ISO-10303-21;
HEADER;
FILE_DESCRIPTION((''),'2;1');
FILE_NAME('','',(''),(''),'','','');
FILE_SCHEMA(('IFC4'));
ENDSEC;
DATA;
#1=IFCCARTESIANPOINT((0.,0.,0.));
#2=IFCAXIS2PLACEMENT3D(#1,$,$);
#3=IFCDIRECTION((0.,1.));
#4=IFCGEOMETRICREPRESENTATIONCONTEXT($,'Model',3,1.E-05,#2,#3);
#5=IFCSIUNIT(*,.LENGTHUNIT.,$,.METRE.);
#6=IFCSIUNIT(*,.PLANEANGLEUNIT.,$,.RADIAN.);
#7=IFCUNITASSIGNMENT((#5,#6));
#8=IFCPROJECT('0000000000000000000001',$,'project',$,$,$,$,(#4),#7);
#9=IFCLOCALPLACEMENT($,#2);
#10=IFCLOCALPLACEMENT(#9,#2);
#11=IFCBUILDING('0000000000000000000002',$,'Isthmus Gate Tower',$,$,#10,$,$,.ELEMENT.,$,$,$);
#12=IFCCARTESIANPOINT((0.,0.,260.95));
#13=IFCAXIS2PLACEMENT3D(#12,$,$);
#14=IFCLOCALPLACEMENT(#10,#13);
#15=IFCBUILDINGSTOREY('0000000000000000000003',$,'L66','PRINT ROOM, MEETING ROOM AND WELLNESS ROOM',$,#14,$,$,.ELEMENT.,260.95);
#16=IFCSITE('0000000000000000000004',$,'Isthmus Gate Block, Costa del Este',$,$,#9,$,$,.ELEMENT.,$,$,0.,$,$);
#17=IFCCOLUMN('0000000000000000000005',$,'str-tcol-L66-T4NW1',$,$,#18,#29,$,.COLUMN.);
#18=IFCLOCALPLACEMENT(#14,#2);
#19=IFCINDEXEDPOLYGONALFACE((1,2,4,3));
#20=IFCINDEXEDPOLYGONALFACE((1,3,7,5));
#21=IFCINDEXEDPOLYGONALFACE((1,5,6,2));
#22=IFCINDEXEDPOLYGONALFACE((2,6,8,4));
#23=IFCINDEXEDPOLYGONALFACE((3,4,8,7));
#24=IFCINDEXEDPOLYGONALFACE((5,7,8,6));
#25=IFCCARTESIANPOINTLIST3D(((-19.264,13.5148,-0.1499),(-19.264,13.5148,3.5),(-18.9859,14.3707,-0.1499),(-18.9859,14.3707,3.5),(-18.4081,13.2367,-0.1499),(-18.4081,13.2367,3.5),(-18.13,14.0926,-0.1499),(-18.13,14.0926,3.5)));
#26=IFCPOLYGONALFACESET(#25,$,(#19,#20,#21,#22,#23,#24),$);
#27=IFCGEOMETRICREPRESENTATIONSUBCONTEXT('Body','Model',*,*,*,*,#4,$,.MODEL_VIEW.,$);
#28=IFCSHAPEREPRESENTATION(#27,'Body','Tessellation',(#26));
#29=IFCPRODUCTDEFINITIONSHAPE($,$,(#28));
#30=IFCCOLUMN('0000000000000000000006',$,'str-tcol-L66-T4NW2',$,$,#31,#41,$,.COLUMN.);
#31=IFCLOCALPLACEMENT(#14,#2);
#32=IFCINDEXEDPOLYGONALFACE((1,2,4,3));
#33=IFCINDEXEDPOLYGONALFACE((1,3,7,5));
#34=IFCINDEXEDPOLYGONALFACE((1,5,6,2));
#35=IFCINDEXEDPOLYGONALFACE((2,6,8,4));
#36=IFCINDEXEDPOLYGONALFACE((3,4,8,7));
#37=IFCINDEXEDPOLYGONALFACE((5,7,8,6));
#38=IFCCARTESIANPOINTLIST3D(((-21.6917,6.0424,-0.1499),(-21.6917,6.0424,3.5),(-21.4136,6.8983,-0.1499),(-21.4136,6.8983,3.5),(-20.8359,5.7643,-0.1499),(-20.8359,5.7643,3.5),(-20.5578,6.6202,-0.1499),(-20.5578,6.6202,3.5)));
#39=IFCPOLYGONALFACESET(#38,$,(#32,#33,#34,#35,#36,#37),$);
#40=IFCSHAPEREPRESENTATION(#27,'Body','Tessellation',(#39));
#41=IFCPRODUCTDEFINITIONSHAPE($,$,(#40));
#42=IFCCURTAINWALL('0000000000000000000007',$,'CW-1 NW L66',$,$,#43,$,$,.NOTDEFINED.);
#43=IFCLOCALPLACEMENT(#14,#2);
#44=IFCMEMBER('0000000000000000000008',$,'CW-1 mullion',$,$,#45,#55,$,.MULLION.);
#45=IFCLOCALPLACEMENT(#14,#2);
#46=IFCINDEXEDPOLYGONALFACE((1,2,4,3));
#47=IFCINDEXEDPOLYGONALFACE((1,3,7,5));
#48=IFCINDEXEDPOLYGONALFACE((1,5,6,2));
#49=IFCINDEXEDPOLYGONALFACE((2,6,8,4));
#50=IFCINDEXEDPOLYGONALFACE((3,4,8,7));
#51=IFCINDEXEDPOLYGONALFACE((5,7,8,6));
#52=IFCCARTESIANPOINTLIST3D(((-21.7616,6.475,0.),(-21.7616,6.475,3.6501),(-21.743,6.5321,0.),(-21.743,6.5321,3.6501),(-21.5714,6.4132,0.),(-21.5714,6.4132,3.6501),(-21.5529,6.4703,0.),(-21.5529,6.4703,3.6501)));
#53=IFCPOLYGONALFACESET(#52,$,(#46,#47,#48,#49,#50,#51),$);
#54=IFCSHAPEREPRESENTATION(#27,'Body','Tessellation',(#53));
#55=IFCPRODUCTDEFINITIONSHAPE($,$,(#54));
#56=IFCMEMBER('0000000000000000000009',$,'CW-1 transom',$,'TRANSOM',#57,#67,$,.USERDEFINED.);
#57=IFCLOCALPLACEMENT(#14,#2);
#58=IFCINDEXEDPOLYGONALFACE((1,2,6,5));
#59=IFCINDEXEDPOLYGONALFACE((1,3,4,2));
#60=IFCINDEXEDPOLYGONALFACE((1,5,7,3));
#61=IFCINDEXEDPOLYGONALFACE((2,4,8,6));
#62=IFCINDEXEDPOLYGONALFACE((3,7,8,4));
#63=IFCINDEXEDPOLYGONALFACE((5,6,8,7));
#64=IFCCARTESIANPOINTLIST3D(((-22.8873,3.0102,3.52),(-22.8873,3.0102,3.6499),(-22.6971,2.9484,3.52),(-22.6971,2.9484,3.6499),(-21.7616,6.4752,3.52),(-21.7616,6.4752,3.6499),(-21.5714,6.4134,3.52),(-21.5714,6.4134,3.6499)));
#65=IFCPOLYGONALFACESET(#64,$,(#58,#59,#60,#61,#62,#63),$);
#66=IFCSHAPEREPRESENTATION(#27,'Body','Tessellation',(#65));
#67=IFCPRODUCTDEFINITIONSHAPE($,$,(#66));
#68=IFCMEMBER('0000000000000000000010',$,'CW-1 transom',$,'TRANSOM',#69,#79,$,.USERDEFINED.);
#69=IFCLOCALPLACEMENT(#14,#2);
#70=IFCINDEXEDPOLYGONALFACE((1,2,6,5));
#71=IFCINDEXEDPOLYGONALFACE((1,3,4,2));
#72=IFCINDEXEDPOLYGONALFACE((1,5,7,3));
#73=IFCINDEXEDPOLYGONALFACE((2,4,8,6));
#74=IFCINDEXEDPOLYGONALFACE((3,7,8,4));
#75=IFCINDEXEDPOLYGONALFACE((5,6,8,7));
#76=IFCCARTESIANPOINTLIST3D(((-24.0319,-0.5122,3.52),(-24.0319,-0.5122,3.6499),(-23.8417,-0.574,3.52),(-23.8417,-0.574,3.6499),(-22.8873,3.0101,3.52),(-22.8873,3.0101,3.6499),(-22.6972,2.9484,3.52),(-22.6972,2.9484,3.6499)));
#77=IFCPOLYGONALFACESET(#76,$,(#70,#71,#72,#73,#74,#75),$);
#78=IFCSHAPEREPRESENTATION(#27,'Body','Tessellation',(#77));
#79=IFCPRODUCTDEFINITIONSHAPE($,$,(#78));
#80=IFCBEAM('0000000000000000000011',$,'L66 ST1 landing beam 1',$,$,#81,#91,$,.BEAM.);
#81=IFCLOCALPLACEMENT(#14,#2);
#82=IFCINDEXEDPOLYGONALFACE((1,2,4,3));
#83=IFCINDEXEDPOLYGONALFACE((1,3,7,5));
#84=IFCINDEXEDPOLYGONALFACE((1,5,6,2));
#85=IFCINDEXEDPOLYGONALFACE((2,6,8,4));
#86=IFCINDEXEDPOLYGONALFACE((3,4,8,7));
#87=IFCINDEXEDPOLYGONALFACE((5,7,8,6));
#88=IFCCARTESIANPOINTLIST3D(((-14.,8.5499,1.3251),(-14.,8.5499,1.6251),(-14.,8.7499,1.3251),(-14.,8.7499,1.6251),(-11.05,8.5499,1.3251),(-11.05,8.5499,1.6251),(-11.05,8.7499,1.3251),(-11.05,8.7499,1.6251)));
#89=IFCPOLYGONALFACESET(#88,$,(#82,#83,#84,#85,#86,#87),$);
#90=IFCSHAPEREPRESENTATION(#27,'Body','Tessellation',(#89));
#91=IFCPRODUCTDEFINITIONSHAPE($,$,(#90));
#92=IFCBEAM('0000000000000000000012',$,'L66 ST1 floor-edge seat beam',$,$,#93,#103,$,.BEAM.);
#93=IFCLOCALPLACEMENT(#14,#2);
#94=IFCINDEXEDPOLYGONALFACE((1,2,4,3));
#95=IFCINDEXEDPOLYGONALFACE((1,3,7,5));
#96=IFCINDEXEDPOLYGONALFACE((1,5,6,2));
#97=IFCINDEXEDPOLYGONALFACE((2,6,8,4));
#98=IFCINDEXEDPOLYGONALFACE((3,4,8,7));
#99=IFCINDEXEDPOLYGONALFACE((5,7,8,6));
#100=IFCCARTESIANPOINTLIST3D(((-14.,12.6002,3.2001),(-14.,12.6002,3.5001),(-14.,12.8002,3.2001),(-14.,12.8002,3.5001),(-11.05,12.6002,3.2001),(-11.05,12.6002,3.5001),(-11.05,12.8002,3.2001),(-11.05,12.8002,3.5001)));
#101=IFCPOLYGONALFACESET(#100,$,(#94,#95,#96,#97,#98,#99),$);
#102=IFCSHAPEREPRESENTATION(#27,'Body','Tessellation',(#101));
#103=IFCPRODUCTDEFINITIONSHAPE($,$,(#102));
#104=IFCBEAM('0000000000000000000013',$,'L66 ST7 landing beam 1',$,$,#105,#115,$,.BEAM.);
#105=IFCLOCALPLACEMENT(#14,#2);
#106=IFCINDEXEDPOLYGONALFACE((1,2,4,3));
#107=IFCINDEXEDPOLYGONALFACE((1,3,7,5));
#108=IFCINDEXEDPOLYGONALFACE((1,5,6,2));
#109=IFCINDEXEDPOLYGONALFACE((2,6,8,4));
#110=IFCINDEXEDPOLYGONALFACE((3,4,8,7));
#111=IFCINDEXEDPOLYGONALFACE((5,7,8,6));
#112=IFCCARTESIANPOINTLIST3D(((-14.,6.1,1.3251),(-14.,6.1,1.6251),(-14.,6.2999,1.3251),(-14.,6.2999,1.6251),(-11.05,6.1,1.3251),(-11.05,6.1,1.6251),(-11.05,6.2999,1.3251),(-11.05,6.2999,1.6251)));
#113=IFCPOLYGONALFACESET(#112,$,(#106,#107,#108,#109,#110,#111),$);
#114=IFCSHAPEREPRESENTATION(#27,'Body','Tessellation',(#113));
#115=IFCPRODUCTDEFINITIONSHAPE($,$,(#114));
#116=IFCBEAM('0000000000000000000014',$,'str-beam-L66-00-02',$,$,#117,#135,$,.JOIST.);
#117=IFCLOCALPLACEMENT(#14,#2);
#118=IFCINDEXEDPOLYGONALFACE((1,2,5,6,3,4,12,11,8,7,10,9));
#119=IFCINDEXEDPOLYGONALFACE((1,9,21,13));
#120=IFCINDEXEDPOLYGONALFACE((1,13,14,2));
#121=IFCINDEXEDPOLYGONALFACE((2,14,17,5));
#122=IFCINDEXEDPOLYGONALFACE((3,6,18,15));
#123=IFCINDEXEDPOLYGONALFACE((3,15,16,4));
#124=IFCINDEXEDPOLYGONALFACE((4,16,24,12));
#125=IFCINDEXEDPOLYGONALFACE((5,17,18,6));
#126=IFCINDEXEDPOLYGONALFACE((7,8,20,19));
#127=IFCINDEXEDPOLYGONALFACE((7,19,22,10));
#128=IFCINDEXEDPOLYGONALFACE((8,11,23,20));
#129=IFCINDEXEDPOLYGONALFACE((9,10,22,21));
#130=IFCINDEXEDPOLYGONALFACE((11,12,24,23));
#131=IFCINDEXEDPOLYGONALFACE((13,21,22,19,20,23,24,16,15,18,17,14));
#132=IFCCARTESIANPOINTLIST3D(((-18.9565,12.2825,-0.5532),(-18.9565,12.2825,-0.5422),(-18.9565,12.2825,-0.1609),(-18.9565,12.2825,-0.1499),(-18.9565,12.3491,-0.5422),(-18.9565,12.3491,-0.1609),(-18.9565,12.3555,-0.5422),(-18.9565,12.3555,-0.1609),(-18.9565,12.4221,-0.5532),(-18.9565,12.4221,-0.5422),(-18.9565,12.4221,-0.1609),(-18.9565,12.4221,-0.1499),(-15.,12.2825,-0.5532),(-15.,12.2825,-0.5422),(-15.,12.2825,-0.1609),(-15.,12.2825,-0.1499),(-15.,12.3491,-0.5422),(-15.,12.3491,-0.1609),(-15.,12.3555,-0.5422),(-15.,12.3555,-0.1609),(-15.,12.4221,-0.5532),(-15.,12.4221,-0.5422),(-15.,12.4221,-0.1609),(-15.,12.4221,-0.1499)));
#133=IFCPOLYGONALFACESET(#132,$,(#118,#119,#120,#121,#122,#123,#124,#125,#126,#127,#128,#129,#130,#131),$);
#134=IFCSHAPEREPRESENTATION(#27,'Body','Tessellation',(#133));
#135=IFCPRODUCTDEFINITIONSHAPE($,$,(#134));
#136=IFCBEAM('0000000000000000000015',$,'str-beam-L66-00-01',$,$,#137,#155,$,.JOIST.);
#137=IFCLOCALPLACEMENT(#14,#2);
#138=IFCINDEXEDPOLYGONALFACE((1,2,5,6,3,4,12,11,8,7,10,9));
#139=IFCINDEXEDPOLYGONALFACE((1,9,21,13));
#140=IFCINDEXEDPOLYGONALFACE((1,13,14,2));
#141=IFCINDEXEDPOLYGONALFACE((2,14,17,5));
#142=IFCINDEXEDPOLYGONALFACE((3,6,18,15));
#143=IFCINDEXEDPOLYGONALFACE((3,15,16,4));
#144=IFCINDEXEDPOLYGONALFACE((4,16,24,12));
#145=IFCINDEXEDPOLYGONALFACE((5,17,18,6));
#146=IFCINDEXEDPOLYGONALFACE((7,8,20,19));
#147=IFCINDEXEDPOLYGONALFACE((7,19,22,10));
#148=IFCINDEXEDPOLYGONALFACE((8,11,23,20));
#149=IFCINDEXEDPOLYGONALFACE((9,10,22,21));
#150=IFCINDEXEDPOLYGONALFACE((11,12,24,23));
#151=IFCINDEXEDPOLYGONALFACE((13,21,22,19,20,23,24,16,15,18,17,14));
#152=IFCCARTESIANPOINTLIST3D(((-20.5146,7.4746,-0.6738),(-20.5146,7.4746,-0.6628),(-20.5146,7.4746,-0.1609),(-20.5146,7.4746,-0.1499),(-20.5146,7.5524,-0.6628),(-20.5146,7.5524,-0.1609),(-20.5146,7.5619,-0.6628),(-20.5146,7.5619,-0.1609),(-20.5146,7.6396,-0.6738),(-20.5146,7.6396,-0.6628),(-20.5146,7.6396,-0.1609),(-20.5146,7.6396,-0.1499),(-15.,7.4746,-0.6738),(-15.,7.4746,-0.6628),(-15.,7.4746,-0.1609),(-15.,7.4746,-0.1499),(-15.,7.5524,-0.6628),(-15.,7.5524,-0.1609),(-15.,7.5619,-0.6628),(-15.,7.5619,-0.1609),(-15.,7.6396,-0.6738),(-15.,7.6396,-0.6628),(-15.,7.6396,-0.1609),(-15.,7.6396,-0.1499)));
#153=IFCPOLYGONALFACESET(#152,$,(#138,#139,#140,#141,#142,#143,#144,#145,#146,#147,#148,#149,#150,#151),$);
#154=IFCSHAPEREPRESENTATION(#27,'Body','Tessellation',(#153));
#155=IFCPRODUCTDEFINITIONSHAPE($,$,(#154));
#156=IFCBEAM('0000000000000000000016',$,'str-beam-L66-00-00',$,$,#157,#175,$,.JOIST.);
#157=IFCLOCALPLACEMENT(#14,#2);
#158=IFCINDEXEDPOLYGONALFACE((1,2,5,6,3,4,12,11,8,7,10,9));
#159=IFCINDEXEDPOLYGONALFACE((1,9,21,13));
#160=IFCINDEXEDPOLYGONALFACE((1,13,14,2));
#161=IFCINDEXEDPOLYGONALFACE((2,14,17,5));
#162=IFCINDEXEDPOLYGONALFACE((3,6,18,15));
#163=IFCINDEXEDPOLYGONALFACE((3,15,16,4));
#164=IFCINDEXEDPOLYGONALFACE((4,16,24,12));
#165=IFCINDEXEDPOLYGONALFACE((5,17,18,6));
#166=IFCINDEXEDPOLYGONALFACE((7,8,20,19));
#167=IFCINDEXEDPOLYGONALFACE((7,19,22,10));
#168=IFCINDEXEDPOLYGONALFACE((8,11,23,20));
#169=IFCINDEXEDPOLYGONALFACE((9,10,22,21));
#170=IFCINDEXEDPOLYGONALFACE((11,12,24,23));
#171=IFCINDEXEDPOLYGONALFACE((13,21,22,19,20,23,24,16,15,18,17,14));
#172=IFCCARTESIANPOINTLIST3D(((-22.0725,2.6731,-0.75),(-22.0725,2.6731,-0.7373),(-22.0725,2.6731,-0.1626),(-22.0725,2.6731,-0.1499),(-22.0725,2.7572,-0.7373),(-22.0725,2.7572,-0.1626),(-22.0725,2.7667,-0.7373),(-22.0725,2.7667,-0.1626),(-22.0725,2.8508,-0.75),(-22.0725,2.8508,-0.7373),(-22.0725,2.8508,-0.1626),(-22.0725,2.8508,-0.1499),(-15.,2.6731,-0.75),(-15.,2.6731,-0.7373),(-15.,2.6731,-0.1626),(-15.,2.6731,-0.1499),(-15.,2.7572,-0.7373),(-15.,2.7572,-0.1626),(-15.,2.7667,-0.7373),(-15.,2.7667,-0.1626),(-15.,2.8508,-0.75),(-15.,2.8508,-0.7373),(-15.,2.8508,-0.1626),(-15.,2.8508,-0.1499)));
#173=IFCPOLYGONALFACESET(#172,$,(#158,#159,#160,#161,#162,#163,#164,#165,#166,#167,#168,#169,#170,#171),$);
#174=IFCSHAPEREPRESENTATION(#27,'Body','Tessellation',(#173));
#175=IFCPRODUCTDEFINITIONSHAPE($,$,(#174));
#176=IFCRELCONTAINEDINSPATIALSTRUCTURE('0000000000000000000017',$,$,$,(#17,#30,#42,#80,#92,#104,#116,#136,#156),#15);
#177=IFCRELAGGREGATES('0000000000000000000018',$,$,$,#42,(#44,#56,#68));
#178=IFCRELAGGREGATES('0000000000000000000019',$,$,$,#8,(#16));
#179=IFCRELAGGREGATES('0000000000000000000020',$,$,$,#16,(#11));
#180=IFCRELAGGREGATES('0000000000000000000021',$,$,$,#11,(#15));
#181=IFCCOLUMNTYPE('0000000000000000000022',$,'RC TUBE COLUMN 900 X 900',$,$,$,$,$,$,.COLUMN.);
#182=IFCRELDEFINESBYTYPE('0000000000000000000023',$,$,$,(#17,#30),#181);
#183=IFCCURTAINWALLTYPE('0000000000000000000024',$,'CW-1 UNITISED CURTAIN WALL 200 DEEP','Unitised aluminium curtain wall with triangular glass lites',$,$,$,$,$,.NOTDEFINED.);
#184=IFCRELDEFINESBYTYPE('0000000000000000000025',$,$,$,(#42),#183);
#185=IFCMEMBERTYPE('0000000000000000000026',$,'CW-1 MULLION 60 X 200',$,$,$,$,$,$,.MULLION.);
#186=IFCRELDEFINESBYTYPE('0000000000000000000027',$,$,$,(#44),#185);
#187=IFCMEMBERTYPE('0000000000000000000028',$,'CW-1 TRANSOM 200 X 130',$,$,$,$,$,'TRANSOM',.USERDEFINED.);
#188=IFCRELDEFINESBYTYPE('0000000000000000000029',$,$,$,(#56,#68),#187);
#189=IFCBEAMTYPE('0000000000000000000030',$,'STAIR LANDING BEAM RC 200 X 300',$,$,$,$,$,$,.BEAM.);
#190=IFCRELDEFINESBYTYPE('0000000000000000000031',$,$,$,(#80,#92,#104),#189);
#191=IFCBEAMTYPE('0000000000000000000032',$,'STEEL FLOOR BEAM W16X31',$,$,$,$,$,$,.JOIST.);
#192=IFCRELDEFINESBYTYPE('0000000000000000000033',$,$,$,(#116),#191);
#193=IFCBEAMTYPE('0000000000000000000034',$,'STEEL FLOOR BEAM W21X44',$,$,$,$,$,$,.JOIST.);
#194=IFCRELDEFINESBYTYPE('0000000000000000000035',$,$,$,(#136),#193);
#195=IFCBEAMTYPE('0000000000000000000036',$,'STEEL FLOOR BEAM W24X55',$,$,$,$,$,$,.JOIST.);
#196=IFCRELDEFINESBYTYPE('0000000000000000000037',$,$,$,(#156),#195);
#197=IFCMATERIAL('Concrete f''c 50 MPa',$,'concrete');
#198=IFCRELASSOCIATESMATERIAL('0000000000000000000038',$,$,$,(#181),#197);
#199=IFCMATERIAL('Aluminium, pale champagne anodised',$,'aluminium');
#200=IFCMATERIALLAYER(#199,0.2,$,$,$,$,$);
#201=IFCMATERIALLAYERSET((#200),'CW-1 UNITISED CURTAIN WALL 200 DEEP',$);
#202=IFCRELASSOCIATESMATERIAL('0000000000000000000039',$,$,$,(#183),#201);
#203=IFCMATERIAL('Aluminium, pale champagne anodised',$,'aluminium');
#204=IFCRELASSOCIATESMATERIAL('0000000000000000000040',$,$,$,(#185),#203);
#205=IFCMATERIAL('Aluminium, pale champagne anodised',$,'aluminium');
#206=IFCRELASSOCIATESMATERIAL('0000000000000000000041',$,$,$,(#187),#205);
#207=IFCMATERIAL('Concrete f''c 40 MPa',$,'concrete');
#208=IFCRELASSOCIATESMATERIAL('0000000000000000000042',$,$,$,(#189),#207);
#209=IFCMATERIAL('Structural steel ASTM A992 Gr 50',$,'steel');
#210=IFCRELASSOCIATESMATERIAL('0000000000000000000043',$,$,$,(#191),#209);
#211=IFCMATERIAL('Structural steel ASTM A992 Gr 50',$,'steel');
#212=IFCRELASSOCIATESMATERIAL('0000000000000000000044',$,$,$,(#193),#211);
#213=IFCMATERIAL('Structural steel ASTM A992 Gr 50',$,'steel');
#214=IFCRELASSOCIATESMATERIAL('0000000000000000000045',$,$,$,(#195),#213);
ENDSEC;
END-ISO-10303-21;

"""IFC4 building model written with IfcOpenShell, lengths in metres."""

from ifc_helpers import new_model, si_unit, direction, frame, origin, origin_2d, place, context, subcontext, project, spatial, rectangle, i_section, extrude, material, layer, layer_set, material_profile, profile_set, type_object, element, aggregate, save


model = new_model("IFC4")

# Units and contexts
model_context = context("Model", 3, precision=1e-05, world=origin(), true_north=direction((0.0, 1.0)))
body_context = subcontext(model_context, "Body", "Model", "MODEL_VIEW")
ifc_project = project(units=[si_unit("LENGTHUNIT", "METRE"), si_unit("PLANEANGLEUNIT", "RADIAN")], contexts=[model_context])

# Site, building, storey
site_placement = place(None, origin())
site = spatial("IfcSite", under=ifc_project, at=site_placement, Name="Isthmus Gate Block, Costa del Este", CompositionType="ELEMENT", RefElevation=0.0)
building_placement = place(site_placement, origin())
building = spatial("IfcBuilding", under=site, at=building_placement, Name="Isthmus Gate Tower", CompositionType="ELEMENT")
storey_placement = place(building_placement, frame((0.0, 0.0, 260.95)))
storey = spatial("IfcBuildingStorey", under=building, at=storey_placement, Name="L66", Description="PRINT ROOM, MEETING ROOM AND WELLNESS ROOM", CompositionType="ELEMENT", Elevation=260.95)

# Columns
ifc_material_1 = material(Name="Concrete f'c 50 MPa", Category="concrete")
ifc_material_profile_1 = material_profile(ifc_material_1, rectangle(XDim=0.8999, YDim=0.8999, at=origin_2d()), Name="RC 900X900")
ifc_profile_set_1 = profile_set([ifc_material_profile_1], Name="Concrete f'c 50 MPa")
column_type = type_object("IfcColumnType", Name="RC TUBE COLUMN 900 X 900", PredefinedType="COLUMN", material=ifc_profile_set_1)
for number, where, z_axis, x_axis, name in (
    (1, (-18.697, 13.8037, -0.1499), (0.0, 0.0, 1.0), (-0.309017, -0.951057, 0.0), "str-tcol-L66-T4NW1"),
    (2, (-21.1248, 6.3313, -0.1499), (0.0, 0.0, 1.0), (-0.309017, -0.951057, 0.0), "str-tcol-L66-T4NW2"),
):
    element("IfcColumn", number, at=place(storey_placement, frame(where, z_axis=z_axis, x_axis=x_axis)), inside=storey, type_object=column_type, Name=name, PredefinedType="COLUMN", context=body_context, shape_type="SweptSolid", body=[
        extrude(rectangle(XDim=0.8999, YDim=0.8999, at=origin_2d()), origin(), (0.0, 0.0, 1.0), 3.6499),
    ])

# Curtain wall, members
ifc_material_2 = material(Name="Aluminium, pale champagne anodised", Category="aluminium")
ifc_layer_1 = layer(ifc_material_2, 0.2)
ifc_layer_set_1 = layer_set([ifc_layer_1], Name="CW-1 UNITISED CURTAIN WALL 200 DEEP")
curtain_wall_type = type_object("IfcCurtainWallType", Name="CW-1 UNITISED CURTAIN WALL 200 DEEP", Description="Unitised aluminium curtain wall with triangular glass lites", PredefinedType="NOTDEFINED", material=ifc_layer_set_1)
curtain_wall_placement = place(storey_placement, origin())
curtain_wall = element("IfcCurtainWall", 3, at=curtain_wall_placement, inside=storey, type_object=curtain_wall_type, Name="CW-1 NW L66", PredefinedType="NOTDEFINED")
ifc_material_3 = material(Name="Aluminium, pale champagne anodised", Category="aluminium")
ifc_material_profile_2 = material_profile(ifc_material_3, rectangle(XDim=0.0601, YDim=0.2, at=origin_2d()), Name="60x200")
ifc_profile_set_2 = profile_set([ifc_material_profile_2], Name="Aluminium, pale champagne anodised")
member_type_1 = type_object("IfcMemberType", Name="CW-1 MULLION 60 X 200", PredefinedType="MULLION", material=ifc_profile_set_2)
member_1_placement = place(storey_placement, frame((-21.6572, 6.4727, 0.0), z_axis=(0.0, 0.0, 1.0), x_axis=(-0.309017, -0.951057, 0.0)))
member_1 = element("IfcMember", 4, at=member_1_placement, type_object=member_type_1, Name="CW-1 mullion", PredefinedType="MULLION", context=body_context, shape_type="SweptSolid", body=[
    extrude(rectangle(XDim=0.0601, YDim=0.2, at=origin_2d()), origin(), (0.0, 0.0, 1.0), 3.6501),
])
ifc_material_4 = material(Name="Aluminium, pale champagne anodised", Category="aluminium")
ifc_material_profile_3 = material_profile(ifc_material_4, rectangle(XDim=0.2, YDim=0.1299, at=origin_2d()), Name="200x130")
ifc_profile_set_3 = profile_set([ifc_material_profile_3], Name="Aluminium, pale champagne anodised")
member_type_2 = type_object("IfcMemberType", Name="CW-1 TRANSOM 200 X 130", ElementType="TRANSOM", PredefinedType="USERDEFINED", material=ifc_profile_set_3)
member_2_placement = place(storey_placement, frame((-21.6665, 6.4443, 3.585), z_axis=(-0.308982, -0.951068, 0.0), x_axis=(0.951068, -0.308982, 0.0)))
member_2 = element("IfcMember", 5, at=member_2_placement, type_object=member_type_2, Name="CW-1 transom", ObjectType="TRANSOM", PredefinedType="USERDEFINED", context=body_context, shape_type="SweptSolid", body=[
    extrude(rectangle(XDim=0.2, YDim=0.1299, at=origin_2d()), origin(), (0.0, 0.0, 1.0), 3.6433),
])
member_3_placement = place(storey_placement, frame((-22.7922, 2.9792, 3.585), z_axis=(-0.30904, -0.951049, 0.0), x_axis=(0.951049, -0.30904, 0.0)))
member_3 = element("IfcMember", 6, at=member_3_placement, type_object=member_type_2, Name="CW-1 transom", ObjectType="TRANSOM", PredefinedType="USERDEFINED", context=body_context, shape_type="SweptSolid", body=[
    extrude(rectangle(XDim=0.2, YDim=0.1299, at=origin_2d()), origin(), (0.0, 0.0, 1.0), 3.7036),
])

# Beams
ifc_material_5 = material(Name="Concrete f'c 40 MPa", Category="concrete")
ifc_material_profile_4 = material_profile(ifc_material_5, rectangle(XDim=0.2, YDim=0.3, at=origin_2d()), Name="STAIR LANDING BEAM RC 200 X 300")
ifc_profile_set_4 = profile_set([ifc_material_profile_4], Name="Concrete f'c 40 MPa")
beam_type_1 = type_object("IfcBeamType", Name="STAIR LANDING BEAM RC 200 X 300", PredefinedType="BEAM", material=ifc_profile_set_4)
for number, where, z_axis, x_axis, name in (
    (7, (-14.0, 8.6499, 1.4751), (1.0, 0.0, 0.0), (0.0, 1.0, 0.0), "L66 ST1 landing beam 1"),
    (8, (-14.0, 12.7002, 3.3501), (1.0, 0.0, 0.0), (0.0, 1.0, 0.0), "L66 ST1 floor-edge seat beam"),
    (9, (-14.0, 6.2, 1.4751), (1.0, 0.0, 0.0), (0.0, 1.0, 0.0), "L66 ST7 landing beam 1"),
):
    element("IfcBeam", number, at=place(storey_placement, frame(where, z_axis=z_axis, x_axis=x_axis)), inside=storey, type_object=beam_type_1, Name=name, PredefinedType="BEAM", context=body_context, shape_type="SweptSolid", body=[
        extrude(rectangle(XDim=0.2, YDim=0.3, at=origin_2d()), origin(), (0.0, 0.0, 1.0), 2.95),
    ])
ifc_material_6 = material(Name="Structural steel ASTM A992 Gr 50", Category="steel")
ifc_material_profile_5 = material_profile(ifc_material_6, i_section(OverallWidth=0.1396, OverallDepth=0.4033, WebThickness=0.0063, FlangeThickness=0.011, at=origin_2d()), Name="W16X31")
ifc_profile_set_5 = profile_set([ifc_material_profile_5], Name="Structural steel ASTM A992 Gr 50")
beam_type_2 = type_object("IfcBeamType", Name="STEEL FLOOR BEAM W16X31", PredefinedType="JOIST", material=ifc_profile_set_5)
beam_1_placement = place(storey_placement, frame((-18.9565, 12.3523, -0.3516), z_axis=(1.0, 0.0, 0.0), x_axis=(0.0, 1.0, 0.0)))
element("IfcBeam", 10, at=beam_1_placement, inside=storey, type_object=beam_type_2, Name="str-beam-L66-00-02", PredefinedType="JOIST", context=body_context, shape_type="SweptSolid", body=[
    extrude(i_section(OverallWidth=0.1396, OverallDepth=0.4033, WebThickness=0.0063, FlangeThickness=0.011, at=origin_2d()), origin(), (0.0, 0.0, 1.0), 3.9565),
])
ifc_material_7 = material(Name="Structural steel ASTM A992 Gr 50", Category="steel")
ifc_material_profile_6 = material_profile(ifc_material_7, i_section(OverallWidth=0.165, OverallDepth=0.5239, WebThickness=0.0095, FlangeThickness=0.011, at=origin_2d()), Name="W21X44")
ifc_profile_set_6 = profile_set([ifc_material_profile_6], Name="Structural steel ASTM A992 Gr 50")
beam_type_3 = type_object("IfcBeamType", Name="STEEL FLOOR BEAM W21X44", PredefinedType="JOIST", material=ifc_profile_set_6)
beam_2_placement = place(storey_placement, frame((-20.5146, 7.5571, -0.4119), z_axis=(1.0, 0.0, 0.0), x_axis=(0.0, 1.0, 0.0)))
element("IfcBeam", 11, at=beam_2_placement, inside=storey, type_object=beam_type_3, Name="str-beam-L66-00-01", PredefinedType="JOIST", context=body_context, shape_type="SweptSolid", body=[
    extrude(i_section(OverallWidth=0.165, OverallDepth=0.5239, WebThickness=0.0095, FlangeThickness=0.011, at=origin_2d()), origin(), (0.0, 0.0, 1.0), 5.5146),
])
ifc_material_8 = material(Name="Structural steel ASTM A992 Gr 50", Category="steel")
ifc_material_profile_7 = material_profile(ifc_material_8, i_section(OverallWidth=0.1777, OverallDepth=0.6001, WebThickness=0.0095, FlangeThickness=0.0127, at=origin_2d()), Name="W24X55")
ifc_profile_set_7 = profile_set([ifc_material_profile_7], Name="Structural steel ASTM A992 Gr 50")
beam_type_4 = type_object("IfcBeamType", Name="STEEL FLOOR BEAM W24X55", PredefinedType="JOIST", material=ifc_profile_set_7)
beam_3_placement = place(storey_placement, frame((-22.0725, 2.762, -0.45), z_axis=(1.0, 0.0, 0.0), x_axis=(0.0, 1.0, 0.0)))
element("IfcBeam", 12, at=beam_3_placement, inside=storey, type_object=beam_type_4, Name="str-beam-L66-00-00", PredefinedType="JOIST", context=body_context, shape_type="SweptSolid", body=[
    extrude(i_section(OverallWidth=0.1777, OverallDepth=0.6001, WebThickness=0.0095, FlangeThickness=0.0127, at=origin_2d()), origin(), (0.0, 0.0, 1.0), 7.0725),
])

aggregate(curtain_wall, [member_1, member_2, member_3])

save(model, "model.ifc")
